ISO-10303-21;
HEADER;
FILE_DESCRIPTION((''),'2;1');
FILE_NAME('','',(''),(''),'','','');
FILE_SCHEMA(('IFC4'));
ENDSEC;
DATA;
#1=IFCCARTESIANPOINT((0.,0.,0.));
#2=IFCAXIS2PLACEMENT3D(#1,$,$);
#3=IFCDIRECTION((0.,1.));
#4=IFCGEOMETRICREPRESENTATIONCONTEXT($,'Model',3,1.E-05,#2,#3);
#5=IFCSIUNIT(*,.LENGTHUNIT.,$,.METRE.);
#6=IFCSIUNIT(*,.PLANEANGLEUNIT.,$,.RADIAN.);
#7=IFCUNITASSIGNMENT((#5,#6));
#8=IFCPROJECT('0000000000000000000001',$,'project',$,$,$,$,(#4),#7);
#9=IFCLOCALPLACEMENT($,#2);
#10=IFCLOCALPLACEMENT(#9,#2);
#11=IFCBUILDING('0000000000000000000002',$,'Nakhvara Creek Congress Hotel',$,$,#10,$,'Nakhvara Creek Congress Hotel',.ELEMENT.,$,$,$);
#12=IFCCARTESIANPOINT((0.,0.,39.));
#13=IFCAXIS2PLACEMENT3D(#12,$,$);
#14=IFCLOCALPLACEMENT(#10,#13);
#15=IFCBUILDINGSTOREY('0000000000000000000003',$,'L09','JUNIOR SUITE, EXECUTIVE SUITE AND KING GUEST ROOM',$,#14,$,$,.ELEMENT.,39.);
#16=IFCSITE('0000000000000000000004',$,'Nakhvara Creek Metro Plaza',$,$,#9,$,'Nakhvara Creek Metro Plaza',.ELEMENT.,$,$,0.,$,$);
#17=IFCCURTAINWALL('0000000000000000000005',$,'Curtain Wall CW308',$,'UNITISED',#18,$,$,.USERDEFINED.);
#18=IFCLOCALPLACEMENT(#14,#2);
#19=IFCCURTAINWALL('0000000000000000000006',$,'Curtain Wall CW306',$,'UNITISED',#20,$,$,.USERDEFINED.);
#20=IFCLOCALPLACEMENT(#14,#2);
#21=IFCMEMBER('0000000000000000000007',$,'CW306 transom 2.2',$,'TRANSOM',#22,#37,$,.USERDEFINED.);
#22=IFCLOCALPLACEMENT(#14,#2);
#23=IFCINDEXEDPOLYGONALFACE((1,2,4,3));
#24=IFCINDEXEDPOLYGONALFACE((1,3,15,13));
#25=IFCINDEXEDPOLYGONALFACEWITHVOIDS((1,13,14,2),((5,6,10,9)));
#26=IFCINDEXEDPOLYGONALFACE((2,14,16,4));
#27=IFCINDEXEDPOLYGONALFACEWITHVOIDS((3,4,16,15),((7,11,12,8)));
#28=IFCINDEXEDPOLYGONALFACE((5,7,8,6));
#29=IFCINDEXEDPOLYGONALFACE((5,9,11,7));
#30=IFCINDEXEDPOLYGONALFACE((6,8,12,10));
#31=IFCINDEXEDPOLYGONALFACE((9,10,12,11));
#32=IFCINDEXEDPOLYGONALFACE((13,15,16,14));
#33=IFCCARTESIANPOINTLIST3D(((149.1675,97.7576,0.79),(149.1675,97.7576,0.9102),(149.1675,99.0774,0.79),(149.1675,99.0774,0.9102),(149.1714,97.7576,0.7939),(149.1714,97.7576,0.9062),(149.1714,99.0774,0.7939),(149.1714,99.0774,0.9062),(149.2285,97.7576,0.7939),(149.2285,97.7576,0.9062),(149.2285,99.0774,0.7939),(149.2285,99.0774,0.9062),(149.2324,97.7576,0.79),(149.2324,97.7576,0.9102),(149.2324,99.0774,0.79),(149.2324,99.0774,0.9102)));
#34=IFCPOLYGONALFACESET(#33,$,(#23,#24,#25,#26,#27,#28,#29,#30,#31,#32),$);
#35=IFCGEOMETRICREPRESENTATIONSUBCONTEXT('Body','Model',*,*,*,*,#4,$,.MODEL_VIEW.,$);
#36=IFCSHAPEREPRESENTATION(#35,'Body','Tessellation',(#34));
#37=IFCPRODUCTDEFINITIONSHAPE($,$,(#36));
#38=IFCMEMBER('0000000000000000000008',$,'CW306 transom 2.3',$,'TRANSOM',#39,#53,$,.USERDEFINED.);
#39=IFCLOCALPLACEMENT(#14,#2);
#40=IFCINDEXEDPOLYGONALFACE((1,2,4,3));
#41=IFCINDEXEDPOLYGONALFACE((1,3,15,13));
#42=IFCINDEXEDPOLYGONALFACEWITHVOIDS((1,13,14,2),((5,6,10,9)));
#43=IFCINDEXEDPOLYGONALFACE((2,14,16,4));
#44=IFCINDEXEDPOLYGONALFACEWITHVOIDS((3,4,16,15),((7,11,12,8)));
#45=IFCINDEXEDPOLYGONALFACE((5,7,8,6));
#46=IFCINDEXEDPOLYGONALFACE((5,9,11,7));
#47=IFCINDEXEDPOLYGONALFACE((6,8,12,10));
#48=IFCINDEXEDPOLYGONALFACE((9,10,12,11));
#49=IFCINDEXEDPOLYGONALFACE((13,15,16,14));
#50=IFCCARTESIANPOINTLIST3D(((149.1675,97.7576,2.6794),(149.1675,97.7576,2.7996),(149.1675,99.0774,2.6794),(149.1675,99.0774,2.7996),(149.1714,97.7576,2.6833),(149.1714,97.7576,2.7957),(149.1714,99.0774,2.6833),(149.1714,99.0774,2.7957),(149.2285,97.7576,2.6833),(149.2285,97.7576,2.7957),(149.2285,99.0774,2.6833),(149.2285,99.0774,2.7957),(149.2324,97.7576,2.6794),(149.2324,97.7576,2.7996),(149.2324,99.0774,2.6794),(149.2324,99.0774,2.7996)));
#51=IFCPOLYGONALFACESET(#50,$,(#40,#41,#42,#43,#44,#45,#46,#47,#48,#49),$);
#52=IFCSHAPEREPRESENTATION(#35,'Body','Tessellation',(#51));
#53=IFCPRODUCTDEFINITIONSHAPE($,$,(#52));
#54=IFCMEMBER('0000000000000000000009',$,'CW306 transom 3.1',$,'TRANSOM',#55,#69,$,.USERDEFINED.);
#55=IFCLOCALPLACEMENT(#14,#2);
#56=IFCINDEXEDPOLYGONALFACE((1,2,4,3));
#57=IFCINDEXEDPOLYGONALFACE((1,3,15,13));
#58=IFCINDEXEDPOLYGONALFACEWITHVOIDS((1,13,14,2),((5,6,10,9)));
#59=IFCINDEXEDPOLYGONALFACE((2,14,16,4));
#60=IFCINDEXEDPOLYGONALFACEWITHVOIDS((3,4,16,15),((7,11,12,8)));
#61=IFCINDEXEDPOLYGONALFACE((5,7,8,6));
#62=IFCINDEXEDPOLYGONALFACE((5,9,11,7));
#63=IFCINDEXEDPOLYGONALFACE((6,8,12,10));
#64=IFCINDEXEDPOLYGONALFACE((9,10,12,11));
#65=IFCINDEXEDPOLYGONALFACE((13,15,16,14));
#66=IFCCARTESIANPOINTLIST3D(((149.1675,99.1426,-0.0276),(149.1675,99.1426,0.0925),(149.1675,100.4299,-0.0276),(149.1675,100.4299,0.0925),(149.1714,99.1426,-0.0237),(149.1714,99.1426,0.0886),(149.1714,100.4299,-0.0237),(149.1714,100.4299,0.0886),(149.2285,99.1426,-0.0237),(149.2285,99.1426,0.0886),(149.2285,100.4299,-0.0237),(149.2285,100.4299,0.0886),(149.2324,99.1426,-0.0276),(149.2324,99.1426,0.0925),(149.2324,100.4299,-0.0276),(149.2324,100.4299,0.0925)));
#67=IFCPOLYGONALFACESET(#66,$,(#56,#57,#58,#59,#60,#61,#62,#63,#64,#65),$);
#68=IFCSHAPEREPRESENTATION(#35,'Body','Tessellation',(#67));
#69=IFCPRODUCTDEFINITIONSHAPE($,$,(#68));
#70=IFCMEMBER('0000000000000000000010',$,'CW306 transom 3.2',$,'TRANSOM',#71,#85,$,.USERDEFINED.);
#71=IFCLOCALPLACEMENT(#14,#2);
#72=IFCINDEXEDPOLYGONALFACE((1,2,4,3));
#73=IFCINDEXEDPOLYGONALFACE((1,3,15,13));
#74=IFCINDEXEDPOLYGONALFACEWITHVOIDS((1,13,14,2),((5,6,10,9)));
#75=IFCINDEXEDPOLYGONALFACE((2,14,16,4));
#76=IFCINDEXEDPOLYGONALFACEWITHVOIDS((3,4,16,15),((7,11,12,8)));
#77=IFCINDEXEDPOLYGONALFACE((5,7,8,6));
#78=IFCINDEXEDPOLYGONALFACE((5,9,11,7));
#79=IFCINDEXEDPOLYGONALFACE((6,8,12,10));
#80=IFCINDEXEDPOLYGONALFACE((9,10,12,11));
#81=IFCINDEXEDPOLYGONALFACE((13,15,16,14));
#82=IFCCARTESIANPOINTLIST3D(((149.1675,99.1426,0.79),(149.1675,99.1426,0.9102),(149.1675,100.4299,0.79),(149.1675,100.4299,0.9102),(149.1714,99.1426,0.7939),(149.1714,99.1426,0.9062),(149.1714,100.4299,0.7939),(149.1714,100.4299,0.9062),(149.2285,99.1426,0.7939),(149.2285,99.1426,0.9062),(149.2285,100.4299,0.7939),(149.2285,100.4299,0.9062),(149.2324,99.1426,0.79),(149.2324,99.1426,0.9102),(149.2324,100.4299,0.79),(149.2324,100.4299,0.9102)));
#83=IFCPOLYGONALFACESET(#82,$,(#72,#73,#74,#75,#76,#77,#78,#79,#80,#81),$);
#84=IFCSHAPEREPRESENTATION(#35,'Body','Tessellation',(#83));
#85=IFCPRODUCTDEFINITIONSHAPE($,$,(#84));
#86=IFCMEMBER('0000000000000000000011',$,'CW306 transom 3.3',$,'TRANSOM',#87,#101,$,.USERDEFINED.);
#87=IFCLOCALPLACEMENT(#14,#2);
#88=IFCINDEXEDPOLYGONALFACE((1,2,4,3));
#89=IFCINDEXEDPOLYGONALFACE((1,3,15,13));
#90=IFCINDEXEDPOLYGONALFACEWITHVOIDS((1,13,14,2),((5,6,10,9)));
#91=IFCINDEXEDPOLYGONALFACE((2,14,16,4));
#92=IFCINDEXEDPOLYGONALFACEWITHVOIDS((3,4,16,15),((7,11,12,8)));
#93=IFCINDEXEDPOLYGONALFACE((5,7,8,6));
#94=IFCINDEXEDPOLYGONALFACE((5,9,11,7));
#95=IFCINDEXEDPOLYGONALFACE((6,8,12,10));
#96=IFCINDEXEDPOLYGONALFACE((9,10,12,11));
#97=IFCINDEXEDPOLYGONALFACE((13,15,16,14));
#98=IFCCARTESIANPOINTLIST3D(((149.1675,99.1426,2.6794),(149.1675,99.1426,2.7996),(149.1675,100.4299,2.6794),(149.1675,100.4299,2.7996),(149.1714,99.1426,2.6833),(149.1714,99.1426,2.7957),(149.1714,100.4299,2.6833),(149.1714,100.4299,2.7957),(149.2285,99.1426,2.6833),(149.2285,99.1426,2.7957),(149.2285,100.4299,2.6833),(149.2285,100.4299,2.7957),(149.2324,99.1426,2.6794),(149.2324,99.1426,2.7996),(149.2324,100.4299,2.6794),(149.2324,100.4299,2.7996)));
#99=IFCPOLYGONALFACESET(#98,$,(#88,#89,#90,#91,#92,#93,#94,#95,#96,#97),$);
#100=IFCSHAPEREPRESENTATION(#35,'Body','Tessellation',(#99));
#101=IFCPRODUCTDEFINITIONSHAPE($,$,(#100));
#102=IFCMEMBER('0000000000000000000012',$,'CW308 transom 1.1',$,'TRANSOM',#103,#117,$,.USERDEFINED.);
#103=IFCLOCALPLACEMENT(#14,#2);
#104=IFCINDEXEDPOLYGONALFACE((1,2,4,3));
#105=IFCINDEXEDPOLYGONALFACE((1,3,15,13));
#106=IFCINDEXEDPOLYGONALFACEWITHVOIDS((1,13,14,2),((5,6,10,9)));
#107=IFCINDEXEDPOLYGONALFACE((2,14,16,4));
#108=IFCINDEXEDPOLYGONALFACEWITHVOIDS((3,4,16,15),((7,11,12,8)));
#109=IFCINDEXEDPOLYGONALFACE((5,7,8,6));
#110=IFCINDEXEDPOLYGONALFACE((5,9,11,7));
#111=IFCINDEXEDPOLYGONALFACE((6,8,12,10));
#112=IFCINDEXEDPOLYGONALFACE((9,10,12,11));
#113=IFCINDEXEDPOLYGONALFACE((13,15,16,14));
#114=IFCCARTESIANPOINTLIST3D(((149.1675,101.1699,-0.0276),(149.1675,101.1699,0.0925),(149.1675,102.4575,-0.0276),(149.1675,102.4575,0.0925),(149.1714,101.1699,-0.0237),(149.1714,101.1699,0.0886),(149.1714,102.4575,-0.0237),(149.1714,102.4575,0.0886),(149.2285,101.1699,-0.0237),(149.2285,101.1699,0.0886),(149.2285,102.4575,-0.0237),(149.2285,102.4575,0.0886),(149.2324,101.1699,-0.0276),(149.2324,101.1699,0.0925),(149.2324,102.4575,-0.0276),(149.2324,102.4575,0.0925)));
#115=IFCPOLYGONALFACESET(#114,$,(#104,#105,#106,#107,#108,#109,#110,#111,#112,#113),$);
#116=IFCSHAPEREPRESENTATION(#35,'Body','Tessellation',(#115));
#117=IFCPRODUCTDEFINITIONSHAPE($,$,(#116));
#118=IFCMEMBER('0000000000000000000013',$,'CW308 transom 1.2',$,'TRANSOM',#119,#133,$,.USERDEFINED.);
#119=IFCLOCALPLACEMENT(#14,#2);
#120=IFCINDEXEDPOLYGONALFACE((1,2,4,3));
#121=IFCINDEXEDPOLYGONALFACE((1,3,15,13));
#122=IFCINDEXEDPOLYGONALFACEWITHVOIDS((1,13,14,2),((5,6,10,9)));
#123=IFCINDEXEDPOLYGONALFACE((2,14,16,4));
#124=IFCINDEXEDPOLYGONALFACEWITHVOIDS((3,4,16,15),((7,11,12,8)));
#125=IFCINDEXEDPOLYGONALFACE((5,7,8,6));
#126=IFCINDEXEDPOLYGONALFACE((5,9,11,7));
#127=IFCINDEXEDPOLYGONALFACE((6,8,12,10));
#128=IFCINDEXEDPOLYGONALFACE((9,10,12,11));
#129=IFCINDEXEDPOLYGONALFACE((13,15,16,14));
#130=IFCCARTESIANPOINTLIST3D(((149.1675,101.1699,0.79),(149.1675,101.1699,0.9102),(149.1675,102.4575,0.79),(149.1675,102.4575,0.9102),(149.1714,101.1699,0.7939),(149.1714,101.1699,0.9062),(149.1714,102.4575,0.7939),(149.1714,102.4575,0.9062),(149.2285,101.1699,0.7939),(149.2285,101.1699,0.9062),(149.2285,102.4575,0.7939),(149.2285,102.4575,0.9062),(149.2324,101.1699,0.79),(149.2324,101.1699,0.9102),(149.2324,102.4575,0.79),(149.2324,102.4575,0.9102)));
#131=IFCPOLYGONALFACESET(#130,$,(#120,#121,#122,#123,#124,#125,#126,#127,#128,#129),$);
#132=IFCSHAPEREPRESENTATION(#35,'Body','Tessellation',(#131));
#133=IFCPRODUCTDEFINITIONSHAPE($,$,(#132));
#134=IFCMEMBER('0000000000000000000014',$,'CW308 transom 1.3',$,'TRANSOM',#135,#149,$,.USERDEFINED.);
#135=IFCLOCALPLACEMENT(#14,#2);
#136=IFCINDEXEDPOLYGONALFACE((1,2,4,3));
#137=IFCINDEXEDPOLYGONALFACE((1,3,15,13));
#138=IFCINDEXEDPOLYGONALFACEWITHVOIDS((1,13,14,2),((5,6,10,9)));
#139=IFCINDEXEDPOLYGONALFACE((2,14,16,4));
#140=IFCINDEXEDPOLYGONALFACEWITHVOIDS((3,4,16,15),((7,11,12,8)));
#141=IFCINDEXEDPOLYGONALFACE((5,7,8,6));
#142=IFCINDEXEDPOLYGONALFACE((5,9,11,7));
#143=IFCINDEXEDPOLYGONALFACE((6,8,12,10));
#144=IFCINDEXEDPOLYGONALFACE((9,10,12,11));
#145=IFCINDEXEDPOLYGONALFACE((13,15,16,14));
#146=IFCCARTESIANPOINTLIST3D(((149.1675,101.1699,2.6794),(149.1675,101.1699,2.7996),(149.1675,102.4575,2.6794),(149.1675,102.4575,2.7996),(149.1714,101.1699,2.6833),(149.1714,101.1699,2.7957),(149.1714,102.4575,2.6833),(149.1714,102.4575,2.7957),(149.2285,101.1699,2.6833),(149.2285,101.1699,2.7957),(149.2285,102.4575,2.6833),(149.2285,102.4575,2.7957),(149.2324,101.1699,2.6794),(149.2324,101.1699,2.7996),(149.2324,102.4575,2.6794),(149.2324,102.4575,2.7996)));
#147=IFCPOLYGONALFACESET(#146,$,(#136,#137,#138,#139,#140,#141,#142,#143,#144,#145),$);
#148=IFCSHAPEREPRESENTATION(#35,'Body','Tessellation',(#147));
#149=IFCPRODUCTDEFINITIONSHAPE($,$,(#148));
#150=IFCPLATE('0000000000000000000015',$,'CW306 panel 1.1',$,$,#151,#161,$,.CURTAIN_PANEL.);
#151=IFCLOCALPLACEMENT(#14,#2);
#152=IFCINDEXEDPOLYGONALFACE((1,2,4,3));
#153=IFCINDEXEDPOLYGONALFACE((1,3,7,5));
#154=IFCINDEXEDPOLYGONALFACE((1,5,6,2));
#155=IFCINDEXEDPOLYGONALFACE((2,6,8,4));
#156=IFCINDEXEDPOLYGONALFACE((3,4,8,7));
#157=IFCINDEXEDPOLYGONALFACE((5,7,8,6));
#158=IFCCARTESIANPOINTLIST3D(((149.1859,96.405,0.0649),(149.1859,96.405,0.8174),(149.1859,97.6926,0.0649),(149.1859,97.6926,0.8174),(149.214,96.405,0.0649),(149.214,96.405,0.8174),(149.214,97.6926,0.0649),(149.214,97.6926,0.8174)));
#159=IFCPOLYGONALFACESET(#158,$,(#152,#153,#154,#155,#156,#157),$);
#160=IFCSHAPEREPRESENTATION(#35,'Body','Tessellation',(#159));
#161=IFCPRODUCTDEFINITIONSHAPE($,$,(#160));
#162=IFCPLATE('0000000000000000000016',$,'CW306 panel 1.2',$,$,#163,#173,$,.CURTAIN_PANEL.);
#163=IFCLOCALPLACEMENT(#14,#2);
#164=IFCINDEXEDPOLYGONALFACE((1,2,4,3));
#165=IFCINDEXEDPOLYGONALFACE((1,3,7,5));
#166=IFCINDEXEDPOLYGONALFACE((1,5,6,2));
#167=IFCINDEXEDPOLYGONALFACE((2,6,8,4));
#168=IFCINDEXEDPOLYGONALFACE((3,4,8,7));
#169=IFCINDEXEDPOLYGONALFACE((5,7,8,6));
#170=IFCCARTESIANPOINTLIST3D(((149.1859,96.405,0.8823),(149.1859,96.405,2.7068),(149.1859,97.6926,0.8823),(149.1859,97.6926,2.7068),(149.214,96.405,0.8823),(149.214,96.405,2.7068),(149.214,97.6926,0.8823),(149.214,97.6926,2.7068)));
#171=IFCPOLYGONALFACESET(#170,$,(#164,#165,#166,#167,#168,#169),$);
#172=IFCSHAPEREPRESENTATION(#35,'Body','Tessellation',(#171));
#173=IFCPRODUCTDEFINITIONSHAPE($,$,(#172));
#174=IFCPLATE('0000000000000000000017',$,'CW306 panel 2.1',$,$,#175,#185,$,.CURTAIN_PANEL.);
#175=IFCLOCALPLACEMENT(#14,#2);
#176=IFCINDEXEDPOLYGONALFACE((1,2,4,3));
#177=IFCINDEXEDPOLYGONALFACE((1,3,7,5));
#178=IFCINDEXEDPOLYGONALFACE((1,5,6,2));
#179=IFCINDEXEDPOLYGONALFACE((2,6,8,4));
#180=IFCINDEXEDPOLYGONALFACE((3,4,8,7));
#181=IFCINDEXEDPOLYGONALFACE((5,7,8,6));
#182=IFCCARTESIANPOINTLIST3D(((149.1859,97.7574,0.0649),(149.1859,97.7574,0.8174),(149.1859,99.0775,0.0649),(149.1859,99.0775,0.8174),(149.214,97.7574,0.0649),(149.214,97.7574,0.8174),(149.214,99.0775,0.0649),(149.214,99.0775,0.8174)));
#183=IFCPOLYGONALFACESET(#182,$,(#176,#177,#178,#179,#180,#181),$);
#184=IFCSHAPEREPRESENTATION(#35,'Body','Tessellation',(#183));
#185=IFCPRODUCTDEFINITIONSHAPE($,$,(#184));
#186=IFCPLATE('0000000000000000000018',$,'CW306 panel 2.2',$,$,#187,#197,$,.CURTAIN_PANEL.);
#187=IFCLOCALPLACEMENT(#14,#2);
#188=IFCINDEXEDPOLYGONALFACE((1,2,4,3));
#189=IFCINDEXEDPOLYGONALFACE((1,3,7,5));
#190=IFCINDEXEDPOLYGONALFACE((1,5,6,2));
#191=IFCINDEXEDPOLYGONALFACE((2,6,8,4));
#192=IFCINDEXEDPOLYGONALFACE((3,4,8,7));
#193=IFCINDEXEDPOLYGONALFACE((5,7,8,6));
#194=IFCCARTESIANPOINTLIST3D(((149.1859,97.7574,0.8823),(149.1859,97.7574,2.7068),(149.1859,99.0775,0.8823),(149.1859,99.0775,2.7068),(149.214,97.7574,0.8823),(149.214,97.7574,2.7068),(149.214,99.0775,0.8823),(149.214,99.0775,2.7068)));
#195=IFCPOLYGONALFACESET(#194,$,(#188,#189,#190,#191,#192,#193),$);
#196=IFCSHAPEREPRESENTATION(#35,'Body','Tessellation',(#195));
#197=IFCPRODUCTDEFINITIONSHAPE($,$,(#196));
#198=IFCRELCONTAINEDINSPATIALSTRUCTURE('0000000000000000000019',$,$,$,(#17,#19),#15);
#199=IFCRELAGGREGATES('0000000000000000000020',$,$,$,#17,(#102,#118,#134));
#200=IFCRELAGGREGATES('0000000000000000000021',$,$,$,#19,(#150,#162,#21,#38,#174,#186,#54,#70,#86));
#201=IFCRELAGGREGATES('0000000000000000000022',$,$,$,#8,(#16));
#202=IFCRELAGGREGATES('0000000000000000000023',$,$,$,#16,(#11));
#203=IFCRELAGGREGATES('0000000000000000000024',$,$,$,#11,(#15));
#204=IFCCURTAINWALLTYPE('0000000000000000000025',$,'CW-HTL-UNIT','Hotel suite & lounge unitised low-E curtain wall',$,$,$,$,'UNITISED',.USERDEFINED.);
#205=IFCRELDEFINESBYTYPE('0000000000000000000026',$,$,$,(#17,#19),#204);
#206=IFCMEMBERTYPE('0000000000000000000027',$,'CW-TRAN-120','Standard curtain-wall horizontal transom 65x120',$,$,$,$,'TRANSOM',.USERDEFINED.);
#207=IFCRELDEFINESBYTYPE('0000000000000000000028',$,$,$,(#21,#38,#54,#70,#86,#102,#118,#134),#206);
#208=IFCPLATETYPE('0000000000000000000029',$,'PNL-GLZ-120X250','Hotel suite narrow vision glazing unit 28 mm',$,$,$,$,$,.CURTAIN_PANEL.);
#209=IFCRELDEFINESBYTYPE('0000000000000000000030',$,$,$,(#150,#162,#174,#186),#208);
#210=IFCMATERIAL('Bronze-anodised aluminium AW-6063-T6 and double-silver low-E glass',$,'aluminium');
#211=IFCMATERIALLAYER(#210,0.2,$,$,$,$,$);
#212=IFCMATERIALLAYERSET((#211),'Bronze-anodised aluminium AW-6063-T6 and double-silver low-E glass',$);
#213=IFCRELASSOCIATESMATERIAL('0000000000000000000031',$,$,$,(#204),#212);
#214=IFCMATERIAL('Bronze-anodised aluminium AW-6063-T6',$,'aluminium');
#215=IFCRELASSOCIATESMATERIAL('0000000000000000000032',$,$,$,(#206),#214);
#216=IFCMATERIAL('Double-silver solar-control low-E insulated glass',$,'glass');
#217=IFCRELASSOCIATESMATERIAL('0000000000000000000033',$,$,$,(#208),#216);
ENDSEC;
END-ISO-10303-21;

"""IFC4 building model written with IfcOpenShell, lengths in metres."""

from ifc_helpers import new_model, si_unit, direction, frame, origin, origin_2d, place, context, subcontext, project, spatial, rectangle, hollow_rectangle, extrude, material, layer, layer_set, material_profile, profile_set, type_object, element, aggregate, save


model = new_model("IFC4")

# Units and contexts
model_context = context("Model", 3, precision=1e-05, world=origin(), true_north=direction((0.0, 1.0)))
body_context = subcontext(model_context, "Body", "Model", "MODEL_VIEW")
ifc_project = project(units=[si_unit("LENGTHUNIT", "METRE"), si_unit("PLANEANGLEUNIT", "RADIAN")], contexts=[model_context])

# Site, building, storey
site_placement = place(None, origin())
site = spatial("IfcSite", under=ifc_project, at=site_placement, Name="Nakhvara Creek Metro Plaza", LongName="Nakhvara Creek Metro Plaza", CompositionType="ELEMENT", RefElevation=0.0)
building_placement = place(site_placement, origin())
building = spatial("IfcBuilding", under=site, at=building_placement, Name="Nakhvara Creek Congress Hotel", LongName="Nakhvara Creek Congress Hotel", CompositionType="ELEMENT")
storey_placement = place(building_placement, frame((0.0, 0.0, 39.0)))
storey = spatial("IfcBuildingStorey", under=building, at=storey_placement, Name="L09", Description="JUNIOR SUITE, EXECUTIVE SUITE AND KING GUEST ROOM", CompositionType="ELEMENT", Elevation=39.0)

# Curtain wall
ifc_material_1 = material(Name="Bronze-anodised aluminium AW-6063-T6 and double-silver low-E glass", Category="aluminium")
ifc_layer_1 = layer(ifc_material_1, 0.2)
ifc_layer_set_1 = layer_set([ifc_layer_1], Name="Bronze-anodised aluminium AW-6063-T6 and double-silver low-E glass")
curtain_wall_type = type_object("IfcCurtainWallType", Name="CW-HTL-UNIT", Description="Hotel suite & lounge unitised low-E curtain wall", ElementType="UNITISED", PredefinedType="USERDEFINED", material=ifc_layer_set_1)
curtain_wall_1_placement = place(storey_placement, origin())
curtain_wall_1 = element("IfcCurtainWall", 1, at=curtain_wall_1_placement, inside=storey, type_object=curtain_wall_type, Name="Curtain Wall CW308", ObjectType="UNITISED", PredefinedType="USERDEFINED")
ifc_material_2 = material(Name="Bronze-anodised aluminium AW-6063-T6", Category="aluminium")

# Curtain wall, members
curtain_wall_2_placement = place(storey_placement, origin())
curtain_wall_2 = element("IfcCurtainWall", 2, at=curtain_wall_2_placement, inside=storey, type_object=curtain_wall_type, Name="Curtain Wall CW306", ObjectType="UNITISED", PredefinedType="USERDEFINED")
ifc_material_profile_1 = material_profile(ifc_material_2, hollow_rectangle(XDim=0.0649, YDim=0.1201, WallThickness=0.0039, at=origin_2d()), Name="ALU-TRAN 65x120x4", Category="LoadBearing")
ifc_profile_set_1 = profile_set([ifc_material_profile_1], Name="Bronze-anodised aluminium AW-6063-T6")
member_type_1 = type_object("IfcMemberType", Name="CW-TRAN-120", Description="Standard curtain-wall horizontal transom 65x120", ElementType="TRANSOM", PredefinedType="USERDEFINED", material=ifc_profile_set_1)
member_1_placement = place(storey_placement, frame((149.2, 97.7576, 0.8501), z_axis=(0.0, 1.0, 0.0), x_axis=(-1.0, 0.0, 0.0)))
member_1 = element("IfcMember", 3, at=member_1_placement, type_object=member_type_1, Name="CW306 transom 2.2", ObjectType="TRANSOM", PredefinedType="USERDEFINED", context=body_context, shape_type="SweptSolid", body=[
    extrude(hollow_rectangle(XDim=0.0649, YDim=0.1201, WallThickness=0.0039, at=origin_2d()), origin(), (0.0, 0.0, 1.0), 1.3198),
])
member_2_placement = place(storey_placement, frame((149.2, 97.7576, 2.7395), z_axis=(0.0, 1.0, 0.0), x_axis=(-1.0, 0.0, 0.0)))
member_2 = element("IfcMember", 4, at=member_2_placement, type_object=member_type_1, Name="CW306 transom 2.3", ObjectType="TRANSOM", PredefinedType="USERDEFINED", context=body_context, shape_type="SweptSolid", body=[
    extrude(hollow_rectangle(XDim=0.0649, YDim=0.1201, WallThickness=0.0039, at=origin_2d()), origin(), (0.0, 0.0, 1.0), 1.3198),
])
member_3_placement = place(storey_placement, frame((149.2, 99.1426, 0.0325), z_axis=(0.0, 1.0, 0.0), x_axis=(-1.0, 0.0, 0.0)))
member_3 = element("IfcMember", 5, at=member_3_placement, type_object=member_type_1, Name="CW306 transom 3.1", ObjectType="TRANSOM", PredefinedType="USERDEFINED", context=body_context, shape_type="SweptSolid", body=[
    extrude(hollow_rectangle(XDim=0.0649, YDim=0.1201, WallThickness=0.0039, at=origin_2d()), origin(), (0.0, 0.0, 1.0), 1.2874),
])
member_4_placement = place(storey_placement, frame((149.2, 99.1426, 0.8501), z_axis=(0.0, 1.0, 0.0), x_axis=(-1.0, 0.0, 0.0)))
member_4 = element("IfcMember", 6, at=member_4_placement, type_object=member_type_1, Name="CW306 transom 3.2", ObjectType="TRANSOM", PredefinedType="USERDEFINED", context=body_context, shape_type="SweptSolid", body=[
    extrude(hollow_rectangle(XDim=0.0649, YDim=0.1201, WallThickness=0.0039, at=origin_2d()), origin(), (0.0, 0.0, 1.0), 1.2874),
])
member_5_placement = place(storey_placement, frame((149.2, 99.1426, 2.7395), z_axis=(0.0, 1.0, 0.0), x_axis=(-1.0, 0.0, 0.0)))
member_5 = element("IfcMember", 7, at=member_5_placement, type_object=member_type_1, Name="CW306 transom 3.3", ObjectType="TRANSOM", PredefinedType="USERDEFINED", context=body_context, shape_type="SweptSolid", body=[
    extrude(hollow_rectangle(XDim=0.0649, YDim=0.1201, WallThickness=0.0039, at=origin_2d()), origin(), (0.0, 0.0, 1.0), 1.2874),
])

# Members
member_6_placement = place(storey_placement, frame((149.2, 101.1699, 0.0325), z_axis=(0.0, 1.0, 0.0), x_axis=(-1.0, 0.0, 0.0)))
member_6 = element("IfcMember", 8, at=member_6_placement, type_object=member_type_1, Name="CW308 transom 1.1", ObjectType="TRANSOM", PredefinedType="USERDEFINED", context=body_context, shape_type="SweptSolid", body=[
    extrude(hollow_rectangle(XDim=0.0649, YDim=0.1201, WallThickness=0.0039, at=origin_2d()), origin(), (0.0, 0.0, 1.0), 1.2876),
])
member_7_placement = place(storey_placement, frame((149.2, 101.1699, 0.8501), z_axis=(0.0, 1.0, 0.0), x_axis=(-1.0, 0.0, 0.0)))
member_7 = element("IfcMember", 9, at=member_7_placement, type_object=member_type_1, Name="CW308 transom 1.2", ObjectType="TRANSOM", PredefinedType="USERDEFINED", context=body_context, shape_type="SweptSolid", body=[
    extrude(hollow_rectangle(XDim=0.0649, YDim=0.1201, WallThickness=0.0039, at=origin_2d()), origin(), (0.0, 0.0, 1.0), 1.2876),
])
member_8_placement = place(storey_placement, frame((149.2, 101.1699, 2.7395), z_axis=(0.0, 1.0, 0.0), x_axis=(-1.0, 0.0, 0.0)))
member_8 = element("IfcMember", 10, at=member_8_placement, type_object=member_type_1, Name="CW308 transom 1.3", ObjectType="TRANSOM", PredefinedType="USERDEFINED", context=body_context, shape_type="SweptSolid", body=[
    extrude(hollow_rectangle(XDim=0.0649, YDim=0.1201, WallThickness=0.0039, at=origin_2d()), origin(), (0.0, 0.0, 1.0), 1.2876),
])
aggregate(curtain_wall_1, [member_6, member_7, member_8])

# Plates
ifc_material_3 = material(Name="Double-silver solar-control low-E insulated glass", Category="glass")
plate_type = type_object("IfcPlateType", Name="PNL-GLZ-120X250", Description="Hotel suite narrow vision glazing unit 28 mm", PredefinedType="CURTAIN_PANEL", material=ifc_material_3)
plate_1_placement = place(storey_placement, frame((149.2, 97.0488, 0.0649), z_axis=(0.0, 0.0, 1.0), x_axis=(0.0, 1.0, 0.0)))
plate_1 = element("IfcPlate", 11, at=plate_1_placement, type_object=plate_type, Name="CW306 panel 1.1", PredefinedType="CURTAIN_PANEL", context=body_context, shape_type="SweptSolid", body=[
    extrude(rectangle(XDim=1.2876, YDim=0.0281, at=origin_2d()), origin(), (0.0, 0.0, 1.0), 0.7524),
])
plate_2_placement = place(storey_placement, frame((149.2, 97.0488, 0.8823), z_axis=(0.0, 0.0, 1.0), x_axis=(0.0, 1.0, 0.0)))
plate_2 = element("IfcPlate", 12, at=plate_2_placement, type_object=plate_type, Name="CW306 panel 1.2", PredefinedType="CURTAIN_PANEL", context=body_context, shape_type="SweptSolid", body=[
    extrude(rectangle(XDim=1.2876, YDim=0.0281, at=origin_2d()), origin(), (0.0, 0.0, 1.0), 1.8245),
])
plate_3_placement = place(storey_placement, frame((149.2, 98.4175, 0.0649), z_axis=(0.0, 0.0, 1.0), x_axis=(0.0, 1.0, 0.0)))
plate_3 = element("IfcPlate", 13, at=plate_3_placement, type_object=plate_type, Name="CW306 panel 2.1", PredefinedType="CURTAIN_PANEL", context=body_context, shape_type="SweptSolid", body=[
    extrude(rectangle(XDim=1.3201, YDim=0.0281, at=origin_2d()), origin(), (0.0, 0.0, 1.0), 0.7524),
])
plate_4_placement = place(storey_placement, frame((149.2, 98.4175, 0.8823), z_axis=(0.0, 0.0, 1.0), x_axis=(0.0, 1.0, 0.0)))
plate_4 = element("IfcPlate", 14, at=plate_4_placement, type_object=plate_type, Name="CW306 panel 2.2", PredefinedType="CURTAIN_PANEL", context=body_context, shape_type="SweptSolid", body=[
    extrude(rectangle(XDim=1.3201, YDim=0.0281, at=origin_2d()), origin(), (0.0, 0.0, 1.0), 1.8245),
])
aggregate(curtain_wall_2, [plate_1, plate_2, member_1, member_2, plate_3, plate_4, member_3, member_4, member_5])

save(model, "model.ifc")
